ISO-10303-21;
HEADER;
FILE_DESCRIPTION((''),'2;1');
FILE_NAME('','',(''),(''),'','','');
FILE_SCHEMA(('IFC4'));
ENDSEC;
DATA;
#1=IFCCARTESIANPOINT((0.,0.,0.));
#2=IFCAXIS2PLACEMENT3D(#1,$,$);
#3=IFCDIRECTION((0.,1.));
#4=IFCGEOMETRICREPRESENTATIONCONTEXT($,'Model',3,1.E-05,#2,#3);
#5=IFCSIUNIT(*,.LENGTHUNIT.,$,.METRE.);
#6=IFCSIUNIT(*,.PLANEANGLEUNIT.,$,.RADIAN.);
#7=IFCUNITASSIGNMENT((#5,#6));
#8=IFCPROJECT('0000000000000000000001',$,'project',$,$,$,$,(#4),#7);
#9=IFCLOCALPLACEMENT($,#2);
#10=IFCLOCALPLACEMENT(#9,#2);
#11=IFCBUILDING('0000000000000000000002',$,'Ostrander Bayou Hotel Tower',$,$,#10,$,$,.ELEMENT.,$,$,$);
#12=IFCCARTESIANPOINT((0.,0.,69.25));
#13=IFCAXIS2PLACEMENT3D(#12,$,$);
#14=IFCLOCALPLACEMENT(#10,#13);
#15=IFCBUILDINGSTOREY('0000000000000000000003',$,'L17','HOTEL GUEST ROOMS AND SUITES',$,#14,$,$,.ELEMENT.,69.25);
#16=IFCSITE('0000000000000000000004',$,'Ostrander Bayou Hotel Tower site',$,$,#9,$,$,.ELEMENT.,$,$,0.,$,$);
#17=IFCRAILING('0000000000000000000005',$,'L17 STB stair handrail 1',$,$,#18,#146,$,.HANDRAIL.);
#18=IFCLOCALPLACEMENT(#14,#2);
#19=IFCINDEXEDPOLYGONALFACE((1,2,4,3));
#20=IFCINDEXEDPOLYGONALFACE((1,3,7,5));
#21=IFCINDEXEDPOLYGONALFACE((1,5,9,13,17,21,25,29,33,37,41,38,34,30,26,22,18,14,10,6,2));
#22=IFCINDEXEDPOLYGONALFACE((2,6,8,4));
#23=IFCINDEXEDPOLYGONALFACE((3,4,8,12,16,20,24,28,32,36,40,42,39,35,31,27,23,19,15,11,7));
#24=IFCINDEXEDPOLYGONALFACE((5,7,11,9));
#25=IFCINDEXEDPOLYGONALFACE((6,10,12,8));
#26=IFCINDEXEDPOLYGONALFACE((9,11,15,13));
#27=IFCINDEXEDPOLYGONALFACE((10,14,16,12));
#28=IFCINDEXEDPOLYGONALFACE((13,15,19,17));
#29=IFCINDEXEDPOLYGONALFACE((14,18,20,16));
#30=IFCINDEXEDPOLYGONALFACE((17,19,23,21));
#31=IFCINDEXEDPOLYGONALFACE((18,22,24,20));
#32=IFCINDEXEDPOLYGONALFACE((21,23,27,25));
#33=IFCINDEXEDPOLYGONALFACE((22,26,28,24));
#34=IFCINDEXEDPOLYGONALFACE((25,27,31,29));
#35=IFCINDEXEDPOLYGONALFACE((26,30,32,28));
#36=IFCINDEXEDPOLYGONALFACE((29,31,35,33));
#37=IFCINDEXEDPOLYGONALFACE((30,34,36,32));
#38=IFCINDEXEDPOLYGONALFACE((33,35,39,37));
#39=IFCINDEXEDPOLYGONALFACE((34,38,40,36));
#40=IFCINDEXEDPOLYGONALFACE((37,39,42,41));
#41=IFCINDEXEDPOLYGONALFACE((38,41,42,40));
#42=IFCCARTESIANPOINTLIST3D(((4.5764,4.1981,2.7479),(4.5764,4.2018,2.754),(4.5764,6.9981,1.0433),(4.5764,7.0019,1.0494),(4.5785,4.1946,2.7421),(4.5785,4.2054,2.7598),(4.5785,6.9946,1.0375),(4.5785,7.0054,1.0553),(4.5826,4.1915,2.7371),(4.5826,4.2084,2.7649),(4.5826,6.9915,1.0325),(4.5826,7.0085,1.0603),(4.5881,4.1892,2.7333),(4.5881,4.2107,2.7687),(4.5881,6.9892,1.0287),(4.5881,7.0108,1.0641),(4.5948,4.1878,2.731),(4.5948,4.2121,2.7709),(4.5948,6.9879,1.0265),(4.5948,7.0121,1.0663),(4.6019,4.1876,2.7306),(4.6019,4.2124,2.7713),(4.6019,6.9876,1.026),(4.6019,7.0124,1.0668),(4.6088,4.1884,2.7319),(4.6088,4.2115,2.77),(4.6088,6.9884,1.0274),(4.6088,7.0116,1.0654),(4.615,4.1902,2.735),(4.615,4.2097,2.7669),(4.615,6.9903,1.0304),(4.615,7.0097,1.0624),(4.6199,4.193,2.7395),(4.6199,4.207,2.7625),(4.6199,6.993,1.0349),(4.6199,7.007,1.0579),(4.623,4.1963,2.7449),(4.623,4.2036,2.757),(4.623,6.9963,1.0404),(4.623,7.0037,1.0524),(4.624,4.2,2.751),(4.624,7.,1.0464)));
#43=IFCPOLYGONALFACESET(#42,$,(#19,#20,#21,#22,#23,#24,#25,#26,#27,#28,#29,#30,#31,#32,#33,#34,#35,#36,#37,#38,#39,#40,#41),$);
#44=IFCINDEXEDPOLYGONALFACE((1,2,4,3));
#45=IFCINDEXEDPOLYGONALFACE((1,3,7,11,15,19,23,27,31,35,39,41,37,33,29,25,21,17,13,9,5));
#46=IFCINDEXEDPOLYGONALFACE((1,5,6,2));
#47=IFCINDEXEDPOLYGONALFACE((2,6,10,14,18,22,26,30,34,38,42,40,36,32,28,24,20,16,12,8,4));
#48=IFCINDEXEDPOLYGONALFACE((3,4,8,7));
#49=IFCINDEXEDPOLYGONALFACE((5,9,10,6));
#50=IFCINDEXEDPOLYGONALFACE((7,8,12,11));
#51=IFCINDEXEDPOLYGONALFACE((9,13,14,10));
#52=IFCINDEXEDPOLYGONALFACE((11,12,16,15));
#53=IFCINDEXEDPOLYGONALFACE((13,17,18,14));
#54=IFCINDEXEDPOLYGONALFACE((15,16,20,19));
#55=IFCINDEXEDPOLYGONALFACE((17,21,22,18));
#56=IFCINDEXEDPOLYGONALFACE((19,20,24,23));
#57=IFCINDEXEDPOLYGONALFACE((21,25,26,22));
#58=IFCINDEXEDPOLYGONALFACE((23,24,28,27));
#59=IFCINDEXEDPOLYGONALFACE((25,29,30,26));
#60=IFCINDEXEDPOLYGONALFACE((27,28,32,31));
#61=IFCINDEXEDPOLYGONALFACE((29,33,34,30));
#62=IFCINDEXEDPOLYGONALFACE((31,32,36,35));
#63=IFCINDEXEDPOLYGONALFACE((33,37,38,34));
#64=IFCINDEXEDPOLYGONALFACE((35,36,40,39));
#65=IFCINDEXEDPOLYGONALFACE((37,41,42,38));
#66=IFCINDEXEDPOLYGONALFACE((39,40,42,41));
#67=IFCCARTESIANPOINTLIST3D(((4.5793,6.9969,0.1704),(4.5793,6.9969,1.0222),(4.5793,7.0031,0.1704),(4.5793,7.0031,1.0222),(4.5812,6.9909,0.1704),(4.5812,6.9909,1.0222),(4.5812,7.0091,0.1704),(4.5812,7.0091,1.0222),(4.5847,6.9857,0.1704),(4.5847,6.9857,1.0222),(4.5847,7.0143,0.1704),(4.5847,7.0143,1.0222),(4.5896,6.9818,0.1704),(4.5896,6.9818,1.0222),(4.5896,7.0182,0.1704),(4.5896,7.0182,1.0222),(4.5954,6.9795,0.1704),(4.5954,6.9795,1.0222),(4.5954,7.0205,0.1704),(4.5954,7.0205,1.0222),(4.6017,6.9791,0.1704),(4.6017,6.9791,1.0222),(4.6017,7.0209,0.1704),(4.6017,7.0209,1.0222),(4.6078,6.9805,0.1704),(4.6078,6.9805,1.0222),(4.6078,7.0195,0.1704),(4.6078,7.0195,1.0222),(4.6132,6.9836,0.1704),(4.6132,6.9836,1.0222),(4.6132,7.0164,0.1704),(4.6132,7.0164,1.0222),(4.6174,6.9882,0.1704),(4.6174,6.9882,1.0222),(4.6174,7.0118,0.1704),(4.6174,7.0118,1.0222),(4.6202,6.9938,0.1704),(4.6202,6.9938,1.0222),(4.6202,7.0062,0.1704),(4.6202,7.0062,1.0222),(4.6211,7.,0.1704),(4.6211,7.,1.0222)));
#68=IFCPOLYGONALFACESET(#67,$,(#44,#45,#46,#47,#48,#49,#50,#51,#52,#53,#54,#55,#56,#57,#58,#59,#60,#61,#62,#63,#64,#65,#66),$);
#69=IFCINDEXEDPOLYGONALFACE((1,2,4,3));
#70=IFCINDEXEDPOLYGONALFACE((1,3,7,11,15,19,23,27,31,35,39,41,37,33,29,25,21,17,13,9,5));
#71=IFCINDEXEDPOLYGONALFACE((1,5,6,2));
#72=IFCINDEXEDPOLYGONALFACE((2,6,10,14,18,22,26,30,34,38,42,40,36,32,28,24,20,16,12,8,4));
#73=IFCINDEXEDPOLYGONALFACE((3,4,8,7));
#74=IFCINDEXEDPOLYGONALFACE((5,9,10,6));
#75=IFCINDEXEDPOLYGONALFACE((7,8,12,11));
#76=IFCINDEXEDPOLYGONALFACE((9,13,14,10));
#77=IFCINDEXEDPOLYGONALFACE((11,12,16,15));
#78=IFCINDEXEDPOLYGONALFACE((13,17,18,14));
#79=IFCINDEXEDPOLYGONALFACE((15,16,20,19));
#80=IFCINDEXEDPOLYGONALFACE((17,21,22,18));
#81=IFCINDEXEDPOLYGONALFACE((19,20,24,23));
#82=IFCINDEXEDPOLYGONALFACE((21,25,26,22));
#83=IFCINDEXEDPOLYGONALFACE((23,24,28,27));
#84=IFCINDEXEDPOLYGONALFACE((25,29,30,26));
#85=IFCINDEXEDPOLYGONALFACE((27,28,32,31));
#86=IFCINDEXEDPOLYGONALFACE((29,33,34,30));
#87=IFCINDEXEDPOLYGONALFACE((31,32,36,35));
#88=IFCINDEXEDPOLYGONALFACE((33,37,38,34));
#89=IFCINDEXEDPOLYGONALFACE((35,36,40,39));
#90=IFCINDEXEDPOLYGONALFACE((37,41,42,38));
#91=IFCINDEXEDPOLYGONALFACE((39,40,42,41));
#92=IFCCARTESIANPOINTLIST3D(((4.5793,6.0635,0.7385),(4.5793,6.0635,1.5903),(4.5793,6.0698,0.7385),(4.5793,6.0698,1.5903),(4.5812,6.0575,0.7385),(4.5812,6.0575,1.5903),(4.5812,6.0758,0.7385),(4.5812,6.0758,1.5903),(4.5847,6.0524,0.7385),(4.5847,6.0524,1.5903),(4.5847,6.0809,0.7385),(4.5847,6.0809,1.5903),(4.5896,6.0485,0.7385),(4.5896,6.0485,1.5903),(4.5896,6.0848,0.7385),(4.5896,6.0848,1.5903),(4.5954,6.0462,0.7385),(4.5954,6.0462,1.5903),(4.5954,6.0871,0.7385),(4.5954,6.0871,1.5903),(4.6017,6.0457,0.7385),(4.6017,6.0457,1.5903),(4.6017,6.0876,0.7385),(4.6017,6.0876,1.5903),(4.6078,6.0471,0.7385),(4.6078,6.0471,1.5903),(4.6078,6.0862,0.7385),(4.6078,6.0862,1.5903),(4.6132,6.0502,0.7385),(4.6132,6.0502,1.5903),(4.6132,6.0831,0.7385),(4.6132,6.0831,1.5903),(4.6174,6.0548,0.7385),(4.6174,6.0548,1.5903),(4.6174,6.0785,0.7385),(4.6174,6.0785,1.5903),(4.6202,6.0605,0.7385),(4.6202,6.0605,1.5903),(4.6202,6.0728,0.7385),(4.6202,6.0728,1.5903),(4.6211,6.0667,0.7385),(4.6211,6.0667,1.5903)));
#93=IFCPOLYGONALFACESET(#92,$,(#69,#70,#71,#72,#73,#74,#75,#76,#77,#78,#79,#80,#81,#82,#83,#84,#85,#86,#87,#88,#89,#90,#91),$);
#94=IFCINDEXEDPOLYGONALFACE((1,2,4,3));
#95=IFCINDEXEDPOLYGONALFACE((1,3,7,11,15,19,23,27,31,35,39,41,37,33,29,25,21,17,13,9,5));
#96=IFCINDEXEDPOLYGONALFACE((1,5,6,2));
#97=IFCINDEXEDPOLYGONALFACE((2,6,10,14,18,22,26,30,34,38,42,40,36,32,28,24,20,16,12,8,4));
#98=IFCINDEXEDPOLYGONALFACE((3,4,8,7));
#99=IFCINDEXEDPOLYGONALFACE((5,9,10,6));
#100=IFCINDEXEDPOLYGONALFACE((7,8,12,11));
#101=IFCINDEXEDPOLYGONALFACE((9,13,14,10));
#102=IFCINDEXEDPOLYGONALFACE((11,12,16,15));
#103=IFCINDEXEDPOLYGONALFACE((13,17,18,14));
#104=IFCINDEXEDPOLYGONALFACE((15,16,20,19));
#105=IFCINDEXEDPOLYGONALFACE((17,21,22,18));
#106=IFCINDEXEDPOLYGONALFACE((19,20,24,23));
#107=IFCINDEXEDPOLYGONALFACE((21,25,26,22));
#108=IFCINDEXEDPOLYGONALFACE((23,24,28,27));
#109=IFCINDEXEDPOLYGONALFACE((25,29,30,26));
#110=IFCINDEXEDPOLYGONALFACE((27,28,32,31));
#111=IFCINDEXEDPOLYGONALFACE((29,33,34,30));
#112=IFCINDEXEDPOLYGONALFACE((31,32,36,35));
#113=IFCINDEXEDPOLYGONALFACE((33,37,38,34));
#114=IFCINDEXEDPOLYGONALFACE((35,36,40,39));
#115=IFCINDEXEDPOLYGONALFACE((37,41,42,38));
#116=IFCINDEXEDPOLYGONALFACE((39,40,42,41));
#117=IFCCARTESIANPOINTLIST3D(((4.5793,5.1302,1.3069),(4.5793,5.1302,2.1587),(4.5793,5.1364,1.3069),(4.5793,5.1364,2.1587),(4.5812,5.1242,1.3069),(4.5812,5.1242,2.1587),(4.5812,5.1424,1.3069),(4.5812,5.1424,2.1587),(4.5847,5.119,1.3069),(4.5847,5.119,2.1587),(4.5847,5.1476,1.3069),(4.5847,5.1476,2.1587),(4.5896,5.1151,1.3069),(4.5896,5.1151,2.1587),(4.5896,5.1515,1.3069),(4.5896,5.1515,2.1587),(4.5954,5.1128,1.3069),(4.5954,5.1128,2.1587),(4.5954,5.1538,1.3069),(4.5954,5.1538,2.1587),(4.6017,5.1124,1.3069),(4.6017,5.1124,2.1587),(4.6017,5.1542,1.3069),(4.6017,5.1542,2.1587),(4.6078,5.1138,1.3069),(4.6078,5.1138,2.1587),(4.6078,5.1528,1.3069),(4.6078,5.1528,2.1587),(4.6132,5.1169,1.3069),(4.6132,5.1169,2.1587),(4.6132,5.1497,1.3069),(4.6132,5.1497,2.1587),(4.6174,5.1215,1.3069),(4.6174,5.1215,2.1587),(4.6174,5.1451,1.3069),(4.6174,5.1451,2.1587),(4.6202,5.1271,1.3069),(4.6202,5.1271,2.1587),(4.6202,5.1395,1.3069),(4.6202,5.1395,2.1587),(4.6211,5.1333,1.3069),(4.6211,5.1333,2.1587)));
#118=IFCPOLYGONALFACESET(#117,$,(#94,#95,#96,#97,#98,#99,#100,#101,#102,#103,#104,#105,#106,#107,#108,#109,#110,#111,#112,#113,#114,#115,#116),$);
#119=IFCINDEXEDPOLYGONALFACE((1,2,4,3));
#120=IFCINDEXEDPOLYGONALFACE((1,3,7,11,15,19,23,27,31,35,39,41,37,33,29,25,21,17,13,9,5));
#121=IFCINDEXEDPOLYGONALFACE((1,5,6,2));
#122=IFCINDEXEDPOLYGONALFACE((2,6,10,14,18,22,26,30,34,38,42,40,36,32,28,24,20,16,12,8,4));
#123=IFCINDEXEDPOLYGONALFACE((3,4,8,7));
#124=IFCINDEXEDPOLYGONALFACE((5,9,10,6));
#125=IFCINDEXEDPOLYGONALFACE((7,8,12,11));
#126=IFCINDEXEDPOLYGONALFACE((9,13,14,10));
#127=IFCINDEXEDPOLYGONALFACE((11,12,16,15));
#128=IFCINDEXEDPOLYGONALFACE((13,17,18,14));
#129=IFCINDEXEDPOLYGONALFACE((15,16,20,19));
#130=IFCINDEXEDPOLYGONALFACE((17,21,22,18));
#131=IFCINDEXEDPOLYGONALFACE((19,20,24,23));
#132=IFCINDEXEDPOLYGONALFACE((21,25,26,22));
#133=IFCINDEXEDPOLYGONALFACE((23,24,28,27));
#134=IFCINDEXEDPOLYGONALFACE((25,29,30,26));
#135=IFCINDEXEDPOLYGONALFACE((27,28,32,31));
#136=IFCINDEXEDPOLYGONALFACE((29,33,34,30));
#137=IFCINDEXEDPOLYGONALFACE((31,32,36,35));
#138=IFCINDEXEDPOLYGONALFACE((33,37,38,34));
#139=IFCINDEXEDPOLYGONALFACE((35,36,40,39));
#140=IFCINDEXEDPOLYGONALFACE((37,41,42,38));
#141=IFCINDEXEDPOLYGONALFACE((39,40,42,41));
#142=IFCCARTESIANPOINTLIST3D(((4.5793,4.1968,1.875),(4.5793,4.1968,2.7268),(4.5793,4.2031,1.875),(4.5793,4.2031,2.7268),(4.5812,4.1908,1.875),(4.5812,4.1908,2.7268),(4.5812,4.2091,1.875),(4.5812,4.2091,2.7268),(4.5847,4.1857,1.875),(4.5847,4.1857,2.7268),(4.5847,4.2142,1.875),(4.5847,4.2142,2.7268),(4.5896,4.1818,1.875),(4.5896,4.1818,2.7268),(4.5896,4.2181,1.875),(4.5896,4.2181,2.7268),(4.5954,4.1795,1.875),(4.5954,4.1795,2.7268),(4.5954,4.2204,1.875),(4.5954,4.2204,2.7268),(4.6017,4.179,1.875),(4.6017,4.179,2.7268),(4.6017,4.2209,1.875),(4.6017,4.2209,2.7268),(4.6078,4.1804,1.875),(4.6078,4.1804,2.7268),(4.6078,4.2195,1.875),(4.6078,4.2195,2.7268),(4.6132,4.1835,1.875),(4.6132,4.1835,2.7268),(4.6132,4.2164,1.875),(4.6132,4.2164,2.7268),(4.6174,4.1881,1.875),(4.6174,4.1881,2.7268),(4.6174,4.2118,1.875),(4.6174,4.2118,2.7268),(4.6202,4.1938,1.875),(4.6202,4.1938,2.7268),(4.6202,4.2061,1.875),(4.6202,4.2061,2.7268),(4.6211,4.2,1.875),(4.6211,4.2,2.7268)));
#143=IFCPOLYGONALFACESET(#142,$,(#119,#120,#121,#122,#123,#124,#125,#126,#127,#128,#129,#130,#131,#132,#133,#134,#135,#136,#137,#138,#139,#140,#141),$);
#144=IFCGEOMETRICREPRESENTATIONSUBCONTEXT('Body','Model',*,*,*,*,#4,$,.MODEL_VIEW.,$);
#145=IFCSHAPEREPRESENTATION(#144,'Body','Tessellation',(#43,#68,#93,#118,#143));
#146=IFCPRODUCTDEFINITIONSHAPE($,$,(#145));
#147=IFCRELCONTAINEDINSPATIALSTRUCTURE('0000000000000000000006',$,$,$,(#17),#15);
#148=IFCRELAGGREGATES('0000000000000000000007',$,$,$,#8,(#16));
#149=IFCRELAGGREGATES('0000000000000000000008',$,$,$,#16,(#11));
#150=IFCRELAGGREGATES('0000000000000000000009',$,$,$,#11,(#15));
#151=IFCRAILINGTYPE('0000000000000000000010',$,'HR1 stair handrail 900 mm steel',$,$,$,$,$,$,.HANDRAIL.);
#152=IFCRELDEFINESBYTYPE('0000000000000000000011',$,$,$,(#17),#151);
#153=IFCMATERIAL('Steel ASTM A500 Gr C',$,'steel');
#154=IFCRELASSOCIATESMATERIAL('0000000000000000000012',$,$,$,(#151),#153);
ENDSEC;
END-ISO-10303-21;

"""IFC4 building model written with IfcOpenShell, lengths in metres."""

from ifc_helpers import new_model, si_unit, direction, frame, origin, origin_2d, place, context, subcontext, project, spatial, circle, extrude, material, type_object, element, save


model = new_model("IFC4")

# Units and contexts
model_context = context("Model", 3, precision=1e-05, world=origin(), true_north=direction((0.0, 1.0)))
body_context = subcontext(model_context, "Body", "Model", "MODEL_VIEW")
ifc_project = project(units=[si_unit("LENGTHUNIT", "METRE"), si_unit("PLANEANGLEUNIT", "RADIAN")], contexts=[model_context])

# Site, building, storey
site_placement = place(None, origin())
site = spatial("IfcSite", under=ifc_project, at=site_placement, Name="Ostrander Bayou Hotel Tower site", CompositionType="ELEMENT", RefElevation=0.0)
building_placement = place(site_placement, origin())
building = spatial("IfcBuilding", under=site, at=building_placement, Name="Ostrander Bayou Hotel Tower", CompositionType="ELEMENT")
storey_placement = place(building_placement, frame((0.0, 0.0, 69.25)))
storey = spatial("IfcBuildingStorey", under=building, at=storey_placement, Name="L17", Description="HOTEL GUEST ROOMS AND SUITES", CompositionType="ELEMENT", Elevation=69.25)

# Railing
ifc_material_1 = material(Name="Steel ASTM A500 Gr C", Category="steel")
railing_type_1 = type_object("IfcRailingType", Name="HR1 stair handrail 900 mm steel", PredefinedType="HANDRAIL", material=ifc_material_1)
railing_1_placement = place(storey_placement, frame((4.6001, 7.0, 0.1704)))
element("IfcRailing", 1, at=railing_1_placement, inside=storey, type_object=railing_type_1, Name="L17 STB stair handrail 1", PredefinedType="HANDRAIL", context=body_context, shape_type="SweptSolid", body=[
    extrude(circle(Radius=0.0239, at=origin_2d()), frame((0.0, 0.0, 0.876), z_axis=(0.0, -0.85417, 0.519994), x_axis=(1.0, 0.0, 0.0)), (0.0, 0.0, 1.0), 3.2781),
    extrude(circle(Radius=0.021, at=origin_2d()), origin(), (0.0, 0.0, 1.0), 0.8518),
    extrude(circle(Radius=0.021, at=origin_2d()), frame((0.0, -0.9333, 0.5681)), (0.0, 0.0, 1.0), 0.8518),
    extrude(circle(Radius=0.021, at=origin_2d()), frame((0.0, -1.8667, 1.1365)), (0.0, 0.0, 1.0), 0.8518),
    extrude(circle(Radius=0.021, at=origin_2d()), frame((0.0, -2.8, 1.7046)), (0.0, 0.0, 1.0), 0.8518),
])

save(model, "model.ifc")
